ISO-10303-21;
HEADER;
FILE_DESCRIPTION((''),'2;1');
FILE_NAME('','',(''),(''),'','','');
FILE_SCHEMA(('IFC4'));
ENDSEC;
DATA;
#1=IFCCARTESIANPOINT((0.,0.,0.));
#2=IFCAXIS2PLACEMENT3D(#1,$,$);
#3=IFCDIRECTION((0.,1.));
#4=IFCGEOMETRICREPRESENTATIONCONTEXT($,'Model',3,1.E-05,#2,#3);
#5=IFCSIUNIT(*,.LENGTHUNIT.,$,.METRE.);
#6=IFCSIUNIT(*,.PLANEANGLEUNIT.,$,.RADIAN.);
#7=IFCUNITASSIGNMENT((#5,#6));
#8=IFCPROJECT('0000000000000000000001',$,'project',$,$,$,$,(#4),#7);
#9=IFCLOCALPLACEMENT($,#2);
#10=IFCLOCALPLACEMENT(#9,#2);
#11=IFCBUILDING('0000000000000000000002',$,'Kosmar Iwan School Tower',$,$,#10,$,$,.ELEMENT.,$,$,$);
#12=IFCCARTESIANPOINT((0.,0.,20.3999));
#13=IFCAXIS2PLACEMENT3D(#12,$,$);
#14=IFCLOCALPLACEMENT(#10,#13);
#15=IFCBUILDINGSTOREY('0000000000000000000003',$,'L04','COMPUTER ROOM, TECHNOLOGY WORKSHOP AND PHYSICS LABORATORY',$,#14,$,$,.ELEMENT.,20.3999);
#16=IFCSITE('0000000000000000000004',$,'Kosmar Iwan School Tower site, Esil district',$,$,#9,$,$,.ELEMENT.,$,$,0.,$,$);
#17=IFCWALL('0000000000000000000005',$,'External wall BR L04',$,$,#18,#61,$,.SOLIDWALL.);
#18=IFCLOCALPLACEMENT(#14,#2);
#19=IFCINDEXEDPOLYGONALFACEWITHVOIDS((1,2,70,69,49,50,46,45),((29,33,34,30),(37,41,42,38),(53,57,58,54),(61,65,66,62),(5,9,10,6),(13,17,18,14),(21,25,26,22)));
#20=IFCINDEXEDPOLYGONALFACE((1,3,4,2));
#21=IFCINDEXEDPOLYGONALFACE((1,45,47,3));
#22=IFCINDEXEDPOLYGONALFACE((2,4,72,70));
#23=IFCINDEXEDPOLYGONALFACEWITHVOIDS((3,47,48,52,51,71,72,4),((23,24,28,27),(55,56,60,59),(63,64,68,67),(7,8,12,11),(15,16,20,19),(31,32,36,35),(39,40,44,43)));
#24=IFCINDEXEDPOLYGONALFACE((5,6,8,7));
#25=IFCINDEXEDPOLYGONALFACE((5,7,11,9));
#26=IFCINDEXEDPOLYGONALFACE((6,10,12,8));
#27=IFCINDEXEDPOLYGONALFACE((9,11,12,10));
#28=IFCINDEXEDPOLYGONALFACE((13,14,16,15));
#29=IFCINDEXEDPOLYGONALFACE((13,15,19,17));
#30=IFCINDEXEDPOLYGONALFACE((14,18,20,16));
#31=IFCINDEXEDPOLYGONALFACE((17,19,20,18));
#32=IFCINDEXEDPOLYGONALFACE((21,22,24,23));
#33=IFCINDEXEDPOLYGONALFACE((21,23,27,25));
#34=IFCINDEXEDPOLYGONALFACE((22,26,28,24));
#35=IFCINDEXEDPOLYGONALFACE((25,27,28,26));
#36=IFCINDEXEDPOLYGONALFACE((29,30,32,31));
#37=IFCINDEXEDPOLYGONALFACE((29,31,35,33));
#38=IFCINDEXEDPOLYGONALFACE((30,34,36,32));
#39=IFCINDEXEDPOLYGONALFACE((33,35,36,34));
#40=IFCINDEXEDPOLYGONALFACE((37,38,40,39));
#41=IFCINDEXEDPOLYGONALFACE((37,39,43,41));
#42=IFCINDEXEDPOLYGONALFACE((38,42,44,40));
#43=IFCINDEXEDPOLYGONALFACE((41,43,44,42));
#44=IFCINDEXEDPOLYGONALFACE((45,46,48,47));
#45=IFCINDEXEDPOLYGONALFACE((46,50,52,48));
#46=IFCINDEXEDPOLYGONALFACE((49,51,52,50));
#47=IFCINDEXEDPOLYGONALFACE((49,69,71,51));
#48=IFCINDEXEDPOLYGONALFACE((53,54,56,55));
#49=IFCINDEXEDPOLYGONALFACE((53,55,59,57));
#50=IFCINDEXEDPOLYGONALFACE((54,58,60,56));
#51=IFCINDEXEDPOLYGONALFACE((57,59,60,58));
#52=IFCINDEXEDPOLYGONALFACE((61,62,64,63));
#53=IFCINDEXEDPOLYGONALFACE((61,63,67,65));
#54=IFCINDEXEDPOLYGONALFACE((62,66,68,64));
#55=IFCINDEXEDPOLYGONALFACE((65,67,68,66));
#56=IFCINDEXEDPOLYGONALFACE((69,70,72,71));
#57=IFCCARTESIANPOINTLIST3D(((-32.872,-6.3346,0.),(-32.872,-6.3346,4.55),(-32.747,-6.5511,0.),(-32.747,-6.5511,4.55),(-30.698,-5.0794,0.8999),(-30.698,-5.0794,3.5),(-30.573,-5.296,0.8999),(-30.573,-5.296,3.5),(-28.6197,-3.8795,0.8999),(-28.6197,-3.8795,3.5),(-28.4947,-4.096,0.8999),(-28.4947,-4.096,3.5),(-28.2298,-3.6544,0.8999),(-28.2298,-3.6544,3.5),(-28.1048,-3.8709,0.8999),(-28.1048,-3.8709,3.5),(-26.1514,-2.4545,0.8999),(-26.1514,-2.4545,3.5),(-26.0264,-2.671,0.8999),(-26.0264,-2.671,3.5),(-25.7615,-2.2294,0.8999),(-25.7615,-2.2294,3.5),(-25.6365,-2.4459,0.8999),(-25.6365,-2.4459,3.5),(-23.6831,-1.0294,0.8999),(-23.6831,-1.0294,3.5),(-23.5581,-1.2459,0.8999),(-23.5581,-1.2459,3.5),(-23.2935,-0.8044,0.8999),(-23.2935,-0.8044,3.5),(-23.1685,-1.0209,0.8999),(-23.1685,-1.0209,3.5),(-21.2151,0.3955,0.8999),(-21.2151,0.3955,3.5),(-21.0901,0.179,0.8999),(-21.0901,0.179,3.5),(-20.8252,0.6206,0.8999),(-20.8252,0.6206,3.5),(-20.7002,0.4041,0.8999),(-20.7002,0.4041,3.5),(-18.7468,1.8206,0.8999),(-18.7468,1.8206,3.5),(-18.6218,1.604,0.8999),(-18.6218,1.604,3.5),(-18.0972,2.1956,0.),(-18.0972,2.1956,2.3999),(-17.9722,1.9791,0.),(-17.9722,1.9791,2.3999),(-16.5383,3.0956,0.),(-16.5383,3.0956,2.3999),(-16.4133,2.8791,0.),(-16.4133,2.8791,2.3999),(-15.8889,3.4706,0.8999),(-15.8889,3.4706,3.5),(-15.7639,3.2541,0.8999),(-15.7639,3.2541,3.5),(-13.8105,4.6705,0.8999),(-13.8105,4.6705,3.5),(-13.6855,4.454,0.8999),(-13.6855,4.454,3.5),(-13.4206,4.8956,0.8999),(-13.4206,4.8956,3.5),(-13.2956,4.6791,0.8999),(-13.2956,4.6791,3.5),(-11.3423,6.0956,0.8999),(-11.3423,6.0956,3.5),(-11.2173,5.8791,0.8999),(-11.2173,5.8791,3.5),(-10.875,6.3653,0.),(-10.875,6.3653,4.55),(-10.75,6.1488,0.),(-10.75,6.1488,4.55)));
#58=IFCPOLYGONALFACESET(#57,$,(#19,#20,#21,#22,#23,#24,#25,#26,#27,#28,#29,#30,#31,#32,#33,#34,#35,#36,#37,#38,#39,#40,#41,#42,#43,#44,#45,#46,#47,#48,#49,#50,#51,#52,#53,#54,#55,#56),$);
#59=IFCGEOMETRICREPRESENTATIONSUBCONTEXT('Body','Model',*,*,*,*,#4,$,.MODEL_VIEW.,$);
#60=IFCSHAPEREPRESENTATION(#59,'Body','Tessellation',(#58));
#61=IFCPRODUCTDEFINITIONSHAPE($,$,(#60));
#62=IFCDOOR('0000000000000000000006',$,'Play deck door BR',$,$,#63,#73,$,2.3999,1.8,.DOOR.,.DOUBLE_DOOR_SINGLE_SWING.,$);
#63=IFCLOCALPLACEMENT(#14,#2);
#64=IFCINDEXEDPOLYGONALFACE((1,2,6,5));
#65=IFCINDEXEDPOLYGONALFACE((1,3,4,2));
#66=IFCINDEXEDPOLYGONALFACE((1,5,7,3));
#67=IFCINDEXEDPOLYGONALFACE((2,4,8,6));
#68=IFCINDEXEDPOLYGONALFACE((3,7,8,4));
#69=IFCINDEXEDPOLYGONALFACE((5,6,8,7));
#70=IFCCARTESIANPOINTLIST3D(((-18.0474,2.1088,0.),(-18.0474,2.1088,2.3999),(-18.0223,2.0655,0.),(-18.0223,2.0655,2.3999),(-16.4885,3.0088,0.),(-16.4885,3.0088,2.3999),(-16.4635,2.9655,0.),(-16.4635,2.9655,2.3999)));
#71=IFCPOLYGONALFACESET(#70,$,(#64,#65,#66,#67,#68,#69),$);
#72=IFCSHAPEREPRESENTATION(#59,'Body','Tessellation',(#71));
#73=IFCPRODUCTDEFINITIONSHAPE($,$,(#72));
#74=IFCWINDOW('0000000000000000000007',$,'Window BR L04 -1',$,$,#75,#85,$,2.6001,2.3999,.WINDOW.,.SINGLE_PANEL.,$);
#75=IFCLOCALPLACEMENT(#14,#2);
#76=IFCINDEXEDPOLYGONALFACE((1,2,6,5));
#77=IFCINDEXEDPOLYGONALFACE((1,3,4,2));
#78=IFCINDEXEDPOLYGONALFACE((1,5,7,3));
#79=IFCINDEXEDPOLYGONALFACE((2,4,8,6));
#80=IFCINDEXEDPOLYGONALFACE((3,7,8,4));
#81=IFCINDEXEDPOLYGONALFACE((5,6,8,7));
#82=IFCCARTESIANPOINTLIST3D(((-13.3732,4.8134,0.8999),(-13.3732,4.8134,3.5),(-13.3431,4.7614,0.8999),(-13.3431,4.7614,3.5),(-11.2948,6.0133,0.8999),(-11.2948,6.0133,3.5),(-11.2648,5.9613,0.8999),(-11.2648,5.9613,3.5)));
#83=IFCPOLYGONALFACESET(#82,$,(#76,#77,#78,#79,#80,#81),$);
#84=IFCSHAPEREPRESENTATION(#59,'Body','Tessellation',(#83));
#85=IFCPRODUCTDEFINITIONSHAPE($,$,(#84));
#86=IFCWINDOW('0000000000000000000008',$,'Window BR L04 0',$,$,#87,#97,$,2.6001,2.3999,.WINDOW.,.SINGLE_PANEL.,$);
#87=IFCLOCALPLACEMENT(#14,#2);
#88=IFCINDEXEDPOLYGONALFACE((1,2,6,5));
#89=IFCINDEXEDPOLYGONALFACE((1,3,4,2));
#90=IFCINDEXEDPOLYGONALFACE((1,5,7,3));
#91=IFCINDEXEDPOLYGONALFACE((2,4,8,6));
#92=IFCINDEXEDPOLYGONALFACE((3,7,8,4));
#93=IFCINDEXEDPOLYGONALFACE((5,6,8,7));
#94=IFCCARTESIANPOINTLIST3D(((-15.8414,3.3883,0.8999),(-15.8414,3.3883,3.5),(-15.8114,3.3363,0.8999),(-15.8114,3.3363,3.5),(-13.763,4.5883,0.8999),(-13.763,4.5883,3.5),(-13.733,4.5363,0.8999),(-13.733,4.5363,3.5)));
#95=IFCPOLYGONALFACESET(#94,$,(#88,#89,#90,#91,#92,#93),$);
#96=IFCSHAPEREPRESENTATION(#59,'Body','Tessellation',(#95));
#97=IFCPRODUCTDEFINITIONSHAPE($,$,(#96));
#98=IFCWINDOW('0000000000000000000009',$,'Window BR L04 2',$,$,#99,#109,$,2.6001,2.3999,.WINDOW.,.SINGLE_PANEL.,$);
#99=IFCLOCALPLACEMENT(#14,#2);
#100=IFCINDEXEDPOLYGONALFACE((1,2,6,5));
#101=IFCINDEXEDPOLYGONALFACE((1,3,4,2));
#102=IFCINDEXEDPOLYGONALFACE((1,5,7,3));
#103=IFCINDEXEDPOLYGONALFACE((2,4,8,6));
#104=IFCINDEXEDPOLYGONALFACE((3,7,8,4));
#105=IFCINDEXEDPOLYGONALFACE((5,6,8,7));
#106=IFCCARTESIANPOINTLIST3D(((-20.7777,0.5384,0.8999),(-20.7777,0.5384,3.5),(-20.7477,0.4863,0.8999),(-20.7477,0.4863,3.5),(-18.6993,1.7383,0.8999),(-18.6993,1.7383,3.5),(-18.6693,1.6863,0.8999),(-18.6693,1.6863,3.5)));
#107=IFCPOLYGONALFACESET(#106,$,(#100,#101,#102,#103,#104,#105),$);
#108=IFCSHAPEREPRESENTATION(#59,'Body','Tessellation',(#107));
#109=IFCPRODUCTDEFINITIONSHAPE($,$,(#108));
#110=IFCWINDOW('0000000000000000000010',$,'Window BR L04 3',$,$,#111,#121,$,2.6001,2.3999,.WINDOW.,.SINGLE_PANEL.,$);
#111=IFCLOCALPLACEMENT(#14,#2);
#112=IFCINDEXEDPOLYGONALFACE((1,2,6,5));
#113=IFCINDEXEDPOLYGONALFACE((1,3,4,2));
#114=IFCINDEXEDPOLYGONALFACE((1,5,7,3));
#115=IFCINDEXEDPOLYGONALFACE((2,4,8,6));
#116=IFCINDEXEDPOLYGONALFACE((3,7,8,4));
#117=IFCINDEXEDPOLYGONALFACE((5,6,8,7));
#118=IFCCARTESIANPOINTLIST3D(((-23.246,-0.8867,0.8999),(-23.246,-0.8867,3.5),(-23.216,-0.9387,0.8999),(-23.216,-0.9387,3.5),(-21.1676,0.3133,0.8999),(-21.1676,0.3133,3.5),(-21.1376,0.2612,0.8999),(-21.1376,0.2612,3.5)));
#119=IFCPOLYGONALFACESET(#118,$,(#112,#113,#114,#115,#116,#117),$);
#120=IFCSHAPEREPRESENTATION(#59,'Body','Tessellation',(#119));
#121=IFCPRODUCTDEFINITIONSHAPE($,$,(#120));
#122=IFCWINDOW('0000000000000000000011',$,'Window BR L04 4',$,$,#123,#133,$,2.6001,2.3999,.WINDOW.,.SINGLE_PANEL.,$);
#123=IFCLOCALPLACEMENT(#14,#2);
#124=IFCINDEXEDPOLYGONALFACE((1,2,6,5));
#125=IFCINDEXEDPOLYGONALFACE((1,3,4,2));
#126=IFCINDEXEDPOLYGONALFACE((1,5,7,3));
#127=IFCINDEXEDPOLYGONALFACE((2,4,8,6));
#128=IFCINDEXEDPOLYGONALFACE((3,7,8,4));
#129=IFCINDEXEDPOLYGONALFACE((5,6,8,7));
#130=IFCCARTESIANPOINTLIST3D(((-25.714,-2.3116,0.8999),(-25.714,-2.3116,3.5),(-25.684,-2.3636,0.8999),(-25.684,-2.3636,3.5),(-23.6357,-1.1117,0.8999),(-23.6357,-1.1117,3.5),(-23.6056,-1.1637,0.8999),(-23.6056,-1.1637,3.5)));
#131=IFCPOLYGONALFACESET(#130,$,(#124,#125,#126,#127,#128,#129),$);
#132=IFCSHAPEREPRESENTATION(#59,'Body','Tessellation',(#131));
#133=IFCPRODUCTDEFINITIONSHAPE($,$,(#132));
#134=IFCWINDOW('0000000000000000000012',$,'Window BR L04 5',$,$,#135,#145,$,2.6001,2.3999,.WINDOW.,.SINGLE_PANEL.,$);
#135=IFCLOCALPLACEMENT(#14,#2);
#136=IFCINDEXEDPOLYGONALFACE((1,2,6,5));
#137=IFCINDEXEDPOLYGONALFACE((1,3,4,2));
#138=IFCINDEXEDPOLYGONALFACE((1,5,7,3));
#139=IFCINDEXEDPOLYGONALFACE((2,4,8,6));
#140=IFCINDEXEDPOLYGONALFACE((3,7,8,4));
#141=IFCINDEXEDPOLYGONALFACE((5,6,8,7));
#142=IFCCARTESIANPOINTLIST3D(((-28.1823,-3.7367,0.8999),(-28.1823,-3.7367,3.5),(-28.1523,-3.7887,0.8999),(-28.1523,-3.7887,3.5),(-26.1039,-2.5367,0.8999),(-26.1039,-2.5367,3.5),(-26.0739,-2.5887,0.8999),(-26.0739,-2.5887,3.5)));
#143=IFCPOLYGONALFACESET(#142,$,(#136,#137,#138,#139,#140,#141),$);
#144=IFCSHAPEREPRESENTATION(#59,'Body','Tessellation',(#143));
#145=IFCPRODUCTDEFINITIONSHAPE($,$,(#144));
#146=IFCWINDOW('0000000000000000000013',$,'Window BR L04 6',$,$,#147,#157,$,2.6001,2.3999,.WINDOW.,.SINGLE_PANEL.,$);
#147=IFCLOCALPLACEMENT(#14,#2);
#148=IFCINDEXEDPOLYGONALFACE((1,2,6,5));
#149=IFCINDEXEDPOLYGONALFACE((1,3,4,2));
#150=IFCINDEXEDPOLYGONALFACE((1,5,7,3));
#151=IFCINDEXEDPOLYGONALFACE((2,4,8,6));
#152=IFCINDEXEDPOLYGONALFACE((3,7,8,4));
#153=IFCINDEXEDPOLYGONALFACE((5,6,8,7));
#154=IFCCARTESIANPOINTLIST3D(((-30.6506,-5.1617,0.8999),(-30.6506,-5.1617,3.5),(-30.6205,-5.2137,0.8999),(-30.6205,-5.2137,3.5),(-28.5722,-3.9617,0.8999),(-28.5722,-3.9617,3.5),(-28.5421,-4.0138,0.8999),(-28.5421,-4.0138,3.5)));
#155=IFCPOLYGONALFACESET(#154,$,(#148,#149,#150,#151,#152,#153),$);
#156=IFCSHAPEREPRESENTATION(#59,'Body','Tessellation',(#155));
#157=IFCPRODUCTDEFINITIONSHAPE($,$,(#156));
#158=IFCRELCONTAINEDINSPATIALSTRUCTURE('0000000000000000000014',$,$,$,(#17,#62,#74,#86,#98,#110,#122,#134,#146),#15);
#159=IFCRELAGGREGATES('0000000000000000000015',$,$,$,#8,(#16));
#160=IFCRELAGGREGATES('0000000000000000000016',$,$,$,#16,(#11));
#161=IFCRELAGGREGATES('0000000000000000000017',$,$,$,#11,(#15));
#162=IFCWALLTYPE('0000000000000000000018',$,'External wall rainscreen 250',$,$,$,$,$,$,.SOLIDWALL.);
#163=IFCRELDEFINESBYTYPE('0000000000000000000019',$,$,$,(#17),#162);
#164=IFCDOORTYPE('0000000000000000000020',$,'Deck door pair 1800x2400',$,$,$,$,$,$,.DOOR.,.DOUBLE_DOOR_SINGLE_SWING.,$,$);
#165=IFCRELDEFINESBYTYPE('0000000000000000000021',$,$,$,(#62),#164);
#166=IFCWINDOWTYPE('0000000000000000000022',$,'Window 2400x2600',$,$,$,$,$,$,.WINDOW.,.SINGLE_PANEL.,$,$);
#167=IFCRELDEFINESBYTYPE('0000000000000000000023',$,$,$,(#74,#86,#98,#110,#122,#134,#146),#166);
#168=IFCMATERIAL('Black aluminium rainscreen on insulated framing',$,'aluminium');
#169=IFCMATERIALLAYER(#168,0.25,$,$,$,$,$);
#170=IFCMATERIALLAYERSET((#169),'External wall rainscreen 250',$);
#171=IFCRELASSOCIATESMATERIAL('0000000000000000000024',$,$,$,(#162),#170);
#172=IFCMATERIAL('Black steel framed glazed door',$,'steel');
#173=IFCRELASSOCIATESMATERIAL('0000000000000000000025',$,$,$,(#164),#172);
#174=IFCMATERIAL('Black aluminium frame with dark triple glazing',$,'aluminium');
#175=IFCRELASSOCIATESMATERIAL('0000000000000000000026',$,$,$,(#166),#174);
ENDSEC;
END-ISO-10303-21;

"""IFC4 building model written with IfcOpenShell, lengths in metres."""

from ifc_helpers import new_model, si_unit, direction, frame, frame_2d, origin, place, context, subcontext, project, spatial, rectangle, extrude, material, layer, layer_set, type_object, element, fill, save


model = new_model("IFC4")

# Units and contexts
model_context = context("Model", 3, precision=1e-05, world=origin(), true_north=direction((0.0, 1.0)))
body_context = subcontext(model_context, "Body", "Model", "MODEL_VIEW")
ifc_project = project(units=[si_unit("LENGTHUNIT", "METRE"), si_unit("PLANEANGLEUNIT", "RADIAN")], contexts=[model_context])

# Site, building, storey
site_placement = place(None, origin())
site = spatial("IfcSite", under=ifc_project, at=site_placement, Name="Kosmar Iwan School Tower site, Esil district", CompositionType="ELEMENT", RefElevation=0.0)
building_placement = place(site_placement, origin())
building = spatial("IfcBuilding", under=site, at=building_placement, Name="Kosmar Iwan School Tower", CompositionType="ELEMENT")
storey_placement = place(building_placement, frame((0.0, 0.0, 20.3999)))
storey = spatial("IfcBuildingStorey", under=building, at=storey_placement, Name="L04", Description="COMPUTER ROOM, TECHNOLOGY WORKSHOP AND PHYSICS LABORATORY", CompositionType="ELEMENT", Elevation=20.3999)

# Wall, openings, door, windows
ifc_material_1 = material(Name="Black aluminium rainscreen on insulated framing", Category="aluminium")
ifc_layer_1 = layer(ifc_material_1, 0.25)
ifc_layer_set_1 = layer_set([ifc_layer_1], Name="External wall rainscreen 250")
wall_type_1 = type_object("IfcWallType", Name="External wall rainscreen 250", PredefinedType="SOLIDWALL", material=ifc_layer_set_1)
ifc_material_2 = material(Name="Black steel framed glazed door", Category="steel")
door_type_1 = type_object("IfcDoorType", Name="Deck door pair 1800x2400", OperationType="DOUBLE_DOOR_SINGLE_SWING", PredefinedType="DOOR", material=ifc_material_2)
ifc_material_3 = material(Name="Black aluminium frame with dark triple glazing", Category="aluminium")
window_type = type_object("IfcWindowType", Name="Window 2400x2600", PartitioningType="SINGLE_PANEL", PredefinedType="WINDOW", material=ifc_material_3)
wall_1_placement = place(storey_placement, frame((-10.8125, 6.2571, 0.0), z_axis=(0.0, 0.0, 1.0), x_axis=(-0.866026, -0.499998, 0.0)))
wall_1 = element("IfcWall", 1, at=wall_1_placement, inside=storey, type_object=wall_type_1, Name="External wall BR L04", PredefinedType="SOLIDWALL", context=body_context, shape_type="SweptSolid", body=[
    extrude(rectangle(XDim=25.3999, YDim=0.25, at=frame_2d((12.7, 0.0))), origin(), (0.0, 0.0, 1.0), 4.55),
])
opening_1_placement = place(wall_1_placement, frame((0.5396, 0.0, 0.8999)))
opening_1 = element("IfcOpeningElement", 2, at=opening_1_placement, cuts=wall_1, PredefinedType="OPENING", context=body_context, shape_type="SweptSolid", body=[
    extrude(rectangle(XDim=2.3999, YDim=2.6001, at=frame_2d((1.2, 1.3))), frame((0.0, 0.137, 0.0), z_axis=(0.0, -1.0, 0.0), x_axis=(1.0, 0.0, 0.0)), (0.0, 0.0, 1.0), 0.2739),
])
opening_2_placement = place(wall_1_placement, frame((3.3896, 0.0, 0.8999)))
opening_2 = element("IfcOpeningElement", 3, at=opening_2_placement, cuts=wall_1, PredefinedType="OPENING", context=body_context, shape_type="SweptSolid", body=[
    extrude(rectangle(XDim=2.3999, YDim=2.6001, at=frame_2d((1.2, 1.3))), frame((0.0, 0.137, 0.0), z_axis=(0.0, -1.0, 0.0), x_axis=(1.0, 0.0, 0.0)), (0.0, 0.0, 1.0), 0.2739),
])
opening_3_placement = place(wall_1_placement, frame((6.5396, 0.0, 0.0)))
opening_3 = element("IfcOpeningElement", 4, at=opening_3_placement, cuts=wall_1, PredefinedType="OPENING", context=body_context, shape_type="SweptSolid", body=[
    extrude(rectangle(XDim=1.8, YDim=2.3999, at=frame_2d((0.8999, 1.2))), frame((0.0, 0.137, 0.0), z_axis=(0.0, -1.0, 0.0), x_axis=(1.0, 0.0, 0.0)), (0.0, 0.0, 1.0), 0.2739),
])
opening_4_placement = place(wall_1_placement, frame((9.0896, 0.0, 0.8999)))
opening_4 = element("IfcOpeningElement", 5, at=opening_4_placement, cuts=wall_1, PredefinedType="OPENING", context=body_context, shape_type="SweptSolid", body=[
    extrude(rectangle(XDim=2.3999, YDim=2.6001, at=frame_2d((1.2, 1.3))), frame((0.0, 0.137, 0.0), z_axis=(0.0, -1.0, 0.0), x_axis=(1.0, 0.0, 0.0)), (0.0, 0.0, 1.0), 0.2739),
])
opening_5_placement = place(wall_1_placement, frame((11.9397, 0.0, 0.8999)))
opening_5 = element("IfcOpeningElement", 6, at=opening_5_placement, cuts=wall_1, PredefinedType="OPENING", context=body_context, shape_type="SweptSolid", body=[
    extrude(rectangle(XDim=2.3999, YDim=2.6001, at=frame_2d((1.2, 1.3))), frame((0.0, 0.137, 0.0), z_axis=(0.0, -1.0, 0.0), x_axis=(1.0, 0.0, 0.0)), (0.0, 0.0, 1.0), 0.2739),
])
opening_6_placement = place(wall_1_placement, frame((14.7896, 0.0, 0.8999)))
opening_6 = element("IfcOpeningElement", 7, at=opening_6_placement, cuts=wall_1, PredefinedType="OPENING", context=body_context, shape_type="SweptSolid", body=[
    extrude(rectangle(XDim=2.3999, YDim=2.6001, at=frame_2d((1.2, 1.3))), frame((0.0, 0.137, 0.0), z_axis=(0.0, -1.0, 0.0), x_axis=(1.0, 0.0, 0.0)), (0.0, 0.0, 1.0), 0.2739),
])
opening_7_placement = place(wall_1_placement, frame((17.6396, 0.0, 0.8999)))
opening_7 = element("IfcOpeningElement", 8, at=opening_7_placement, cuts=wall_1, PredefinedType="OPENING", context=body_context, shape_type="SweptSolid", body=[
    extrude(rectangle(XDim=2.3999, YDim=2.6001, at=frame_2d((1.2, 1.3))), frame((0.0, 0.137, 0.0), z_axis=(0.0, -1.0, 0.0), x_axis=(1.0, 0.0, 0.0)), (0.0, 0.0, 1.0), 0.2739),
])
opening_8_placement = place(wall_1_placement, frame((20.4897, 0.0, 0.8999)))
opening_8 = element("IfcOpeningElement", 9, at=opening_8_placement, cuts=wall_1, PredefinedType="OPENING", context=body_context, shape_type="SweptSolid", body=[
    extrude(rectangle(XDim=2.3999, YDim=2.6001, at=frame_2d((1.2, 1.3))), frame((0.0, 0.137, 0.0), z_axis=(0.0, -1.0, 0.0), x_axis=(1.0, 0.0, 0.0)), (0.0, 0.0, 1.0), 0.2739),
])
door_1_placement = place(opening_3_placement, frame((1.8, 0.0, 0.0), z_axis=(0.0, 0.0, 1.0), x_axis=(-1.0, 0.0, 0.0)))
door_1 = element("IfcDoor", 10, at=door_1_placement, inside=storey, type_object=door_type_1, Name="Play deck door BR", OperationType="DOUBLE_DOOR_SINGLE_SWING", OverallHeight=2.3999, OverallWidth=1.8, PredefinedType="DOOR", context=body_context, shape_type="SweptSolid", body=[
    extrude(rectangle(XDim=1.8, YDim=2.3999, at=frame_2d((0.8999, 1.2))), frame((0.0, 0.0249, 0.0), z_axis=(0.0, -1.0, 0.0), x_axis=(1.0, 0.0, 0.0)), (0.0, 0.0, 1.0), 0.05),
])
fill(opening_3, door_1)
window_1_placement = place(opening_1_placement, origin())
window_1 = element("IfcWindow", 11, at=window_1_placement, inside=storey, type_object=window_type, Name="Window BR L04 -1", OverallHeight=2.6001, OverallWidth=2.3999, PartitioningType="SINGLE_PANEL", PredefinedType="WINDOW", context=body_context, shape_type="SweptSolid", body=[
    extrude(rectangle(XDim=2.3999, YDim=2.6001, at=frame_2d((1.2, 1.3))), frame((0.0, 0.03, 0.0), z_axis=(0.0, -1.0, 0.0), x_axis=(1.0, 0.0, 0.0)), (0.0, 0.0, 1.0), 0.0601),
])
fill(opening_1, window_1)
window_2_placement = place(opening_2_placement, origin())
window_2 = element("IfcWindow", 12, at=window_2_placement, inside=storey, type_object=window_type, Name="Window BR L04 0", OverallHeight=2.6001, OverallWidth=2.3999, PartitioningType="SINGLE_PANEL", PredefinedType="WINDOW", context=body_context, shape_type="SweptSolid", body=[
    extrude(rectangle(XDim=2.3999, YDim=2.6001, at=frame_2d((1.2, 1.3))), frame((0.0, 0.03, 0.0), z_axis=(0.0, -1.0, 0.0), x_axis=(1.0, 0.0, 0.0)), (0.0, 0.0, 1.0), 0.0601),
])
fill(opening_2, window_2)
window_3_placement = place(opening_4_placement, origin())
window_3 = element("IfcWindow", 13, at=window_3_placement, inside=storey, type_object=window_type, Name="Window BR L04 2", OverallHeight=2.6001, OverallWidth=2.3999, PartitioningType="SINGLE_PANEL", PredefinedType="WINDOW", context=body_context, shape_type="SweptSolid", body=[
    extrude(rectangle(XDim=2.3999, YDim=2.6001, at=frame_2d((1.2, 1.3))), frame((0.0, 0.03, 0.0), z_axis=(0.0, -1.0, 0.0), x_axis=(1.0, 0.0, 0.0)), (0.0, 0.0, 1.0), 0.0601),
])
fill(opening_4, window_3)
window_4_placement = place(opening_5_placement, origin())
window_4 = element("IfcWindow", 14, at=window_4_placement, inside=storey, type_object=window_type, Name="Window BR L04 3", OverallHeight=2.6001, OverallWidth=2.3999, PartitioningType="SINGLE_PANEL", PredefinedType="WINDOW", context=body_context, shape_type="SweptSolid", body=[
    extrude(rectangle(XDim=2.3999, YDim=2.6001, at=frame_2d((1.2, 1.3))), frame((0.0, 0.03, 0.0), z_axis=(0.0, -1.0, 0.0), x_axis=(1.0, 0.0, 0.0)), (0.0, 0.0, 1.0), 0.0601),
])
fill(opening_5, window_4)
window_5_placement = place(opening_6_placement, origin())
window_5 = element("IfcWindow", 15, at=window_5_placement, inside=storey, type_object=window_type, Name="Window BR L04 4", OverallHeight=2.6001, OverallWidth=2.3999, PartitioningType="SINGLE_PANEL", PredefinedType="WINDOW", context=body_context, shape_type="SweptSolid", body=[
    extrude(rectangle(XDim=2.3999, YDim=2.6001, at=frame_2d((1.2, 1.3))), frame((0.0, 0.03, 0.0), z_axis=(0.0, -1.0, 0.0), x_axis=(1.0, 0.0, 0.0)), (0.0, 0.0, 1.0), 0.0601),
])
fill(opening_6, window_5)
window_6_placement = place(opening_7_placement, origin())
window_6 = element("IfcWindow", 16, at=window_6_placement, inside=storey, type_object=window_type, Name="Window BR L04 5", OverallHeight=2.6001, OverallWidth=2.3999, PartitioningType="SINGLE_PANEL", PredefinedType="WINDOW", context=body_context, shape_type="SweptSolid", body=[
    extrude(rectangle(XDim=2.3999, YDim=2.6001, at=frame_2d((1.2, 1.3))), frame((0.0, 0.03, 0.0), z_axis=(0.0, -1.0, 0.0), x_axis=(1.0, 0.0, 0.0)), (0.0, 0.0, 1.0), 0.0601),
])
fill(opening_7, window_6)
window_7_placement = place(opening_8_placement, origin())
window_7 = element("IfcWindow", 17, at=window_7_placement, inside=storey, type_object=window_type, Name="Window BR L04 6", OverallHeight=2.6001, OverallWidth=2.3999, PartitioningType="SINGLE_PANEL", PredefinedType="WINDOW", context=body_context, shape_type="SweptSolid", body=[
    extrude(rectangle(XDim=2.3999, YDim=2.6001, at=frame_2d((1.2, 1.3))), frame((0.0, 0.03, 0.0), z_axis=(0.0, -1.0, 0.0), x_axis=(1.0, 0.0, 0.0)), (0.0, 0.0, 1.0), 0.0601),
])
fill(opening_8, window_7)

save(model, "model.ifc")
